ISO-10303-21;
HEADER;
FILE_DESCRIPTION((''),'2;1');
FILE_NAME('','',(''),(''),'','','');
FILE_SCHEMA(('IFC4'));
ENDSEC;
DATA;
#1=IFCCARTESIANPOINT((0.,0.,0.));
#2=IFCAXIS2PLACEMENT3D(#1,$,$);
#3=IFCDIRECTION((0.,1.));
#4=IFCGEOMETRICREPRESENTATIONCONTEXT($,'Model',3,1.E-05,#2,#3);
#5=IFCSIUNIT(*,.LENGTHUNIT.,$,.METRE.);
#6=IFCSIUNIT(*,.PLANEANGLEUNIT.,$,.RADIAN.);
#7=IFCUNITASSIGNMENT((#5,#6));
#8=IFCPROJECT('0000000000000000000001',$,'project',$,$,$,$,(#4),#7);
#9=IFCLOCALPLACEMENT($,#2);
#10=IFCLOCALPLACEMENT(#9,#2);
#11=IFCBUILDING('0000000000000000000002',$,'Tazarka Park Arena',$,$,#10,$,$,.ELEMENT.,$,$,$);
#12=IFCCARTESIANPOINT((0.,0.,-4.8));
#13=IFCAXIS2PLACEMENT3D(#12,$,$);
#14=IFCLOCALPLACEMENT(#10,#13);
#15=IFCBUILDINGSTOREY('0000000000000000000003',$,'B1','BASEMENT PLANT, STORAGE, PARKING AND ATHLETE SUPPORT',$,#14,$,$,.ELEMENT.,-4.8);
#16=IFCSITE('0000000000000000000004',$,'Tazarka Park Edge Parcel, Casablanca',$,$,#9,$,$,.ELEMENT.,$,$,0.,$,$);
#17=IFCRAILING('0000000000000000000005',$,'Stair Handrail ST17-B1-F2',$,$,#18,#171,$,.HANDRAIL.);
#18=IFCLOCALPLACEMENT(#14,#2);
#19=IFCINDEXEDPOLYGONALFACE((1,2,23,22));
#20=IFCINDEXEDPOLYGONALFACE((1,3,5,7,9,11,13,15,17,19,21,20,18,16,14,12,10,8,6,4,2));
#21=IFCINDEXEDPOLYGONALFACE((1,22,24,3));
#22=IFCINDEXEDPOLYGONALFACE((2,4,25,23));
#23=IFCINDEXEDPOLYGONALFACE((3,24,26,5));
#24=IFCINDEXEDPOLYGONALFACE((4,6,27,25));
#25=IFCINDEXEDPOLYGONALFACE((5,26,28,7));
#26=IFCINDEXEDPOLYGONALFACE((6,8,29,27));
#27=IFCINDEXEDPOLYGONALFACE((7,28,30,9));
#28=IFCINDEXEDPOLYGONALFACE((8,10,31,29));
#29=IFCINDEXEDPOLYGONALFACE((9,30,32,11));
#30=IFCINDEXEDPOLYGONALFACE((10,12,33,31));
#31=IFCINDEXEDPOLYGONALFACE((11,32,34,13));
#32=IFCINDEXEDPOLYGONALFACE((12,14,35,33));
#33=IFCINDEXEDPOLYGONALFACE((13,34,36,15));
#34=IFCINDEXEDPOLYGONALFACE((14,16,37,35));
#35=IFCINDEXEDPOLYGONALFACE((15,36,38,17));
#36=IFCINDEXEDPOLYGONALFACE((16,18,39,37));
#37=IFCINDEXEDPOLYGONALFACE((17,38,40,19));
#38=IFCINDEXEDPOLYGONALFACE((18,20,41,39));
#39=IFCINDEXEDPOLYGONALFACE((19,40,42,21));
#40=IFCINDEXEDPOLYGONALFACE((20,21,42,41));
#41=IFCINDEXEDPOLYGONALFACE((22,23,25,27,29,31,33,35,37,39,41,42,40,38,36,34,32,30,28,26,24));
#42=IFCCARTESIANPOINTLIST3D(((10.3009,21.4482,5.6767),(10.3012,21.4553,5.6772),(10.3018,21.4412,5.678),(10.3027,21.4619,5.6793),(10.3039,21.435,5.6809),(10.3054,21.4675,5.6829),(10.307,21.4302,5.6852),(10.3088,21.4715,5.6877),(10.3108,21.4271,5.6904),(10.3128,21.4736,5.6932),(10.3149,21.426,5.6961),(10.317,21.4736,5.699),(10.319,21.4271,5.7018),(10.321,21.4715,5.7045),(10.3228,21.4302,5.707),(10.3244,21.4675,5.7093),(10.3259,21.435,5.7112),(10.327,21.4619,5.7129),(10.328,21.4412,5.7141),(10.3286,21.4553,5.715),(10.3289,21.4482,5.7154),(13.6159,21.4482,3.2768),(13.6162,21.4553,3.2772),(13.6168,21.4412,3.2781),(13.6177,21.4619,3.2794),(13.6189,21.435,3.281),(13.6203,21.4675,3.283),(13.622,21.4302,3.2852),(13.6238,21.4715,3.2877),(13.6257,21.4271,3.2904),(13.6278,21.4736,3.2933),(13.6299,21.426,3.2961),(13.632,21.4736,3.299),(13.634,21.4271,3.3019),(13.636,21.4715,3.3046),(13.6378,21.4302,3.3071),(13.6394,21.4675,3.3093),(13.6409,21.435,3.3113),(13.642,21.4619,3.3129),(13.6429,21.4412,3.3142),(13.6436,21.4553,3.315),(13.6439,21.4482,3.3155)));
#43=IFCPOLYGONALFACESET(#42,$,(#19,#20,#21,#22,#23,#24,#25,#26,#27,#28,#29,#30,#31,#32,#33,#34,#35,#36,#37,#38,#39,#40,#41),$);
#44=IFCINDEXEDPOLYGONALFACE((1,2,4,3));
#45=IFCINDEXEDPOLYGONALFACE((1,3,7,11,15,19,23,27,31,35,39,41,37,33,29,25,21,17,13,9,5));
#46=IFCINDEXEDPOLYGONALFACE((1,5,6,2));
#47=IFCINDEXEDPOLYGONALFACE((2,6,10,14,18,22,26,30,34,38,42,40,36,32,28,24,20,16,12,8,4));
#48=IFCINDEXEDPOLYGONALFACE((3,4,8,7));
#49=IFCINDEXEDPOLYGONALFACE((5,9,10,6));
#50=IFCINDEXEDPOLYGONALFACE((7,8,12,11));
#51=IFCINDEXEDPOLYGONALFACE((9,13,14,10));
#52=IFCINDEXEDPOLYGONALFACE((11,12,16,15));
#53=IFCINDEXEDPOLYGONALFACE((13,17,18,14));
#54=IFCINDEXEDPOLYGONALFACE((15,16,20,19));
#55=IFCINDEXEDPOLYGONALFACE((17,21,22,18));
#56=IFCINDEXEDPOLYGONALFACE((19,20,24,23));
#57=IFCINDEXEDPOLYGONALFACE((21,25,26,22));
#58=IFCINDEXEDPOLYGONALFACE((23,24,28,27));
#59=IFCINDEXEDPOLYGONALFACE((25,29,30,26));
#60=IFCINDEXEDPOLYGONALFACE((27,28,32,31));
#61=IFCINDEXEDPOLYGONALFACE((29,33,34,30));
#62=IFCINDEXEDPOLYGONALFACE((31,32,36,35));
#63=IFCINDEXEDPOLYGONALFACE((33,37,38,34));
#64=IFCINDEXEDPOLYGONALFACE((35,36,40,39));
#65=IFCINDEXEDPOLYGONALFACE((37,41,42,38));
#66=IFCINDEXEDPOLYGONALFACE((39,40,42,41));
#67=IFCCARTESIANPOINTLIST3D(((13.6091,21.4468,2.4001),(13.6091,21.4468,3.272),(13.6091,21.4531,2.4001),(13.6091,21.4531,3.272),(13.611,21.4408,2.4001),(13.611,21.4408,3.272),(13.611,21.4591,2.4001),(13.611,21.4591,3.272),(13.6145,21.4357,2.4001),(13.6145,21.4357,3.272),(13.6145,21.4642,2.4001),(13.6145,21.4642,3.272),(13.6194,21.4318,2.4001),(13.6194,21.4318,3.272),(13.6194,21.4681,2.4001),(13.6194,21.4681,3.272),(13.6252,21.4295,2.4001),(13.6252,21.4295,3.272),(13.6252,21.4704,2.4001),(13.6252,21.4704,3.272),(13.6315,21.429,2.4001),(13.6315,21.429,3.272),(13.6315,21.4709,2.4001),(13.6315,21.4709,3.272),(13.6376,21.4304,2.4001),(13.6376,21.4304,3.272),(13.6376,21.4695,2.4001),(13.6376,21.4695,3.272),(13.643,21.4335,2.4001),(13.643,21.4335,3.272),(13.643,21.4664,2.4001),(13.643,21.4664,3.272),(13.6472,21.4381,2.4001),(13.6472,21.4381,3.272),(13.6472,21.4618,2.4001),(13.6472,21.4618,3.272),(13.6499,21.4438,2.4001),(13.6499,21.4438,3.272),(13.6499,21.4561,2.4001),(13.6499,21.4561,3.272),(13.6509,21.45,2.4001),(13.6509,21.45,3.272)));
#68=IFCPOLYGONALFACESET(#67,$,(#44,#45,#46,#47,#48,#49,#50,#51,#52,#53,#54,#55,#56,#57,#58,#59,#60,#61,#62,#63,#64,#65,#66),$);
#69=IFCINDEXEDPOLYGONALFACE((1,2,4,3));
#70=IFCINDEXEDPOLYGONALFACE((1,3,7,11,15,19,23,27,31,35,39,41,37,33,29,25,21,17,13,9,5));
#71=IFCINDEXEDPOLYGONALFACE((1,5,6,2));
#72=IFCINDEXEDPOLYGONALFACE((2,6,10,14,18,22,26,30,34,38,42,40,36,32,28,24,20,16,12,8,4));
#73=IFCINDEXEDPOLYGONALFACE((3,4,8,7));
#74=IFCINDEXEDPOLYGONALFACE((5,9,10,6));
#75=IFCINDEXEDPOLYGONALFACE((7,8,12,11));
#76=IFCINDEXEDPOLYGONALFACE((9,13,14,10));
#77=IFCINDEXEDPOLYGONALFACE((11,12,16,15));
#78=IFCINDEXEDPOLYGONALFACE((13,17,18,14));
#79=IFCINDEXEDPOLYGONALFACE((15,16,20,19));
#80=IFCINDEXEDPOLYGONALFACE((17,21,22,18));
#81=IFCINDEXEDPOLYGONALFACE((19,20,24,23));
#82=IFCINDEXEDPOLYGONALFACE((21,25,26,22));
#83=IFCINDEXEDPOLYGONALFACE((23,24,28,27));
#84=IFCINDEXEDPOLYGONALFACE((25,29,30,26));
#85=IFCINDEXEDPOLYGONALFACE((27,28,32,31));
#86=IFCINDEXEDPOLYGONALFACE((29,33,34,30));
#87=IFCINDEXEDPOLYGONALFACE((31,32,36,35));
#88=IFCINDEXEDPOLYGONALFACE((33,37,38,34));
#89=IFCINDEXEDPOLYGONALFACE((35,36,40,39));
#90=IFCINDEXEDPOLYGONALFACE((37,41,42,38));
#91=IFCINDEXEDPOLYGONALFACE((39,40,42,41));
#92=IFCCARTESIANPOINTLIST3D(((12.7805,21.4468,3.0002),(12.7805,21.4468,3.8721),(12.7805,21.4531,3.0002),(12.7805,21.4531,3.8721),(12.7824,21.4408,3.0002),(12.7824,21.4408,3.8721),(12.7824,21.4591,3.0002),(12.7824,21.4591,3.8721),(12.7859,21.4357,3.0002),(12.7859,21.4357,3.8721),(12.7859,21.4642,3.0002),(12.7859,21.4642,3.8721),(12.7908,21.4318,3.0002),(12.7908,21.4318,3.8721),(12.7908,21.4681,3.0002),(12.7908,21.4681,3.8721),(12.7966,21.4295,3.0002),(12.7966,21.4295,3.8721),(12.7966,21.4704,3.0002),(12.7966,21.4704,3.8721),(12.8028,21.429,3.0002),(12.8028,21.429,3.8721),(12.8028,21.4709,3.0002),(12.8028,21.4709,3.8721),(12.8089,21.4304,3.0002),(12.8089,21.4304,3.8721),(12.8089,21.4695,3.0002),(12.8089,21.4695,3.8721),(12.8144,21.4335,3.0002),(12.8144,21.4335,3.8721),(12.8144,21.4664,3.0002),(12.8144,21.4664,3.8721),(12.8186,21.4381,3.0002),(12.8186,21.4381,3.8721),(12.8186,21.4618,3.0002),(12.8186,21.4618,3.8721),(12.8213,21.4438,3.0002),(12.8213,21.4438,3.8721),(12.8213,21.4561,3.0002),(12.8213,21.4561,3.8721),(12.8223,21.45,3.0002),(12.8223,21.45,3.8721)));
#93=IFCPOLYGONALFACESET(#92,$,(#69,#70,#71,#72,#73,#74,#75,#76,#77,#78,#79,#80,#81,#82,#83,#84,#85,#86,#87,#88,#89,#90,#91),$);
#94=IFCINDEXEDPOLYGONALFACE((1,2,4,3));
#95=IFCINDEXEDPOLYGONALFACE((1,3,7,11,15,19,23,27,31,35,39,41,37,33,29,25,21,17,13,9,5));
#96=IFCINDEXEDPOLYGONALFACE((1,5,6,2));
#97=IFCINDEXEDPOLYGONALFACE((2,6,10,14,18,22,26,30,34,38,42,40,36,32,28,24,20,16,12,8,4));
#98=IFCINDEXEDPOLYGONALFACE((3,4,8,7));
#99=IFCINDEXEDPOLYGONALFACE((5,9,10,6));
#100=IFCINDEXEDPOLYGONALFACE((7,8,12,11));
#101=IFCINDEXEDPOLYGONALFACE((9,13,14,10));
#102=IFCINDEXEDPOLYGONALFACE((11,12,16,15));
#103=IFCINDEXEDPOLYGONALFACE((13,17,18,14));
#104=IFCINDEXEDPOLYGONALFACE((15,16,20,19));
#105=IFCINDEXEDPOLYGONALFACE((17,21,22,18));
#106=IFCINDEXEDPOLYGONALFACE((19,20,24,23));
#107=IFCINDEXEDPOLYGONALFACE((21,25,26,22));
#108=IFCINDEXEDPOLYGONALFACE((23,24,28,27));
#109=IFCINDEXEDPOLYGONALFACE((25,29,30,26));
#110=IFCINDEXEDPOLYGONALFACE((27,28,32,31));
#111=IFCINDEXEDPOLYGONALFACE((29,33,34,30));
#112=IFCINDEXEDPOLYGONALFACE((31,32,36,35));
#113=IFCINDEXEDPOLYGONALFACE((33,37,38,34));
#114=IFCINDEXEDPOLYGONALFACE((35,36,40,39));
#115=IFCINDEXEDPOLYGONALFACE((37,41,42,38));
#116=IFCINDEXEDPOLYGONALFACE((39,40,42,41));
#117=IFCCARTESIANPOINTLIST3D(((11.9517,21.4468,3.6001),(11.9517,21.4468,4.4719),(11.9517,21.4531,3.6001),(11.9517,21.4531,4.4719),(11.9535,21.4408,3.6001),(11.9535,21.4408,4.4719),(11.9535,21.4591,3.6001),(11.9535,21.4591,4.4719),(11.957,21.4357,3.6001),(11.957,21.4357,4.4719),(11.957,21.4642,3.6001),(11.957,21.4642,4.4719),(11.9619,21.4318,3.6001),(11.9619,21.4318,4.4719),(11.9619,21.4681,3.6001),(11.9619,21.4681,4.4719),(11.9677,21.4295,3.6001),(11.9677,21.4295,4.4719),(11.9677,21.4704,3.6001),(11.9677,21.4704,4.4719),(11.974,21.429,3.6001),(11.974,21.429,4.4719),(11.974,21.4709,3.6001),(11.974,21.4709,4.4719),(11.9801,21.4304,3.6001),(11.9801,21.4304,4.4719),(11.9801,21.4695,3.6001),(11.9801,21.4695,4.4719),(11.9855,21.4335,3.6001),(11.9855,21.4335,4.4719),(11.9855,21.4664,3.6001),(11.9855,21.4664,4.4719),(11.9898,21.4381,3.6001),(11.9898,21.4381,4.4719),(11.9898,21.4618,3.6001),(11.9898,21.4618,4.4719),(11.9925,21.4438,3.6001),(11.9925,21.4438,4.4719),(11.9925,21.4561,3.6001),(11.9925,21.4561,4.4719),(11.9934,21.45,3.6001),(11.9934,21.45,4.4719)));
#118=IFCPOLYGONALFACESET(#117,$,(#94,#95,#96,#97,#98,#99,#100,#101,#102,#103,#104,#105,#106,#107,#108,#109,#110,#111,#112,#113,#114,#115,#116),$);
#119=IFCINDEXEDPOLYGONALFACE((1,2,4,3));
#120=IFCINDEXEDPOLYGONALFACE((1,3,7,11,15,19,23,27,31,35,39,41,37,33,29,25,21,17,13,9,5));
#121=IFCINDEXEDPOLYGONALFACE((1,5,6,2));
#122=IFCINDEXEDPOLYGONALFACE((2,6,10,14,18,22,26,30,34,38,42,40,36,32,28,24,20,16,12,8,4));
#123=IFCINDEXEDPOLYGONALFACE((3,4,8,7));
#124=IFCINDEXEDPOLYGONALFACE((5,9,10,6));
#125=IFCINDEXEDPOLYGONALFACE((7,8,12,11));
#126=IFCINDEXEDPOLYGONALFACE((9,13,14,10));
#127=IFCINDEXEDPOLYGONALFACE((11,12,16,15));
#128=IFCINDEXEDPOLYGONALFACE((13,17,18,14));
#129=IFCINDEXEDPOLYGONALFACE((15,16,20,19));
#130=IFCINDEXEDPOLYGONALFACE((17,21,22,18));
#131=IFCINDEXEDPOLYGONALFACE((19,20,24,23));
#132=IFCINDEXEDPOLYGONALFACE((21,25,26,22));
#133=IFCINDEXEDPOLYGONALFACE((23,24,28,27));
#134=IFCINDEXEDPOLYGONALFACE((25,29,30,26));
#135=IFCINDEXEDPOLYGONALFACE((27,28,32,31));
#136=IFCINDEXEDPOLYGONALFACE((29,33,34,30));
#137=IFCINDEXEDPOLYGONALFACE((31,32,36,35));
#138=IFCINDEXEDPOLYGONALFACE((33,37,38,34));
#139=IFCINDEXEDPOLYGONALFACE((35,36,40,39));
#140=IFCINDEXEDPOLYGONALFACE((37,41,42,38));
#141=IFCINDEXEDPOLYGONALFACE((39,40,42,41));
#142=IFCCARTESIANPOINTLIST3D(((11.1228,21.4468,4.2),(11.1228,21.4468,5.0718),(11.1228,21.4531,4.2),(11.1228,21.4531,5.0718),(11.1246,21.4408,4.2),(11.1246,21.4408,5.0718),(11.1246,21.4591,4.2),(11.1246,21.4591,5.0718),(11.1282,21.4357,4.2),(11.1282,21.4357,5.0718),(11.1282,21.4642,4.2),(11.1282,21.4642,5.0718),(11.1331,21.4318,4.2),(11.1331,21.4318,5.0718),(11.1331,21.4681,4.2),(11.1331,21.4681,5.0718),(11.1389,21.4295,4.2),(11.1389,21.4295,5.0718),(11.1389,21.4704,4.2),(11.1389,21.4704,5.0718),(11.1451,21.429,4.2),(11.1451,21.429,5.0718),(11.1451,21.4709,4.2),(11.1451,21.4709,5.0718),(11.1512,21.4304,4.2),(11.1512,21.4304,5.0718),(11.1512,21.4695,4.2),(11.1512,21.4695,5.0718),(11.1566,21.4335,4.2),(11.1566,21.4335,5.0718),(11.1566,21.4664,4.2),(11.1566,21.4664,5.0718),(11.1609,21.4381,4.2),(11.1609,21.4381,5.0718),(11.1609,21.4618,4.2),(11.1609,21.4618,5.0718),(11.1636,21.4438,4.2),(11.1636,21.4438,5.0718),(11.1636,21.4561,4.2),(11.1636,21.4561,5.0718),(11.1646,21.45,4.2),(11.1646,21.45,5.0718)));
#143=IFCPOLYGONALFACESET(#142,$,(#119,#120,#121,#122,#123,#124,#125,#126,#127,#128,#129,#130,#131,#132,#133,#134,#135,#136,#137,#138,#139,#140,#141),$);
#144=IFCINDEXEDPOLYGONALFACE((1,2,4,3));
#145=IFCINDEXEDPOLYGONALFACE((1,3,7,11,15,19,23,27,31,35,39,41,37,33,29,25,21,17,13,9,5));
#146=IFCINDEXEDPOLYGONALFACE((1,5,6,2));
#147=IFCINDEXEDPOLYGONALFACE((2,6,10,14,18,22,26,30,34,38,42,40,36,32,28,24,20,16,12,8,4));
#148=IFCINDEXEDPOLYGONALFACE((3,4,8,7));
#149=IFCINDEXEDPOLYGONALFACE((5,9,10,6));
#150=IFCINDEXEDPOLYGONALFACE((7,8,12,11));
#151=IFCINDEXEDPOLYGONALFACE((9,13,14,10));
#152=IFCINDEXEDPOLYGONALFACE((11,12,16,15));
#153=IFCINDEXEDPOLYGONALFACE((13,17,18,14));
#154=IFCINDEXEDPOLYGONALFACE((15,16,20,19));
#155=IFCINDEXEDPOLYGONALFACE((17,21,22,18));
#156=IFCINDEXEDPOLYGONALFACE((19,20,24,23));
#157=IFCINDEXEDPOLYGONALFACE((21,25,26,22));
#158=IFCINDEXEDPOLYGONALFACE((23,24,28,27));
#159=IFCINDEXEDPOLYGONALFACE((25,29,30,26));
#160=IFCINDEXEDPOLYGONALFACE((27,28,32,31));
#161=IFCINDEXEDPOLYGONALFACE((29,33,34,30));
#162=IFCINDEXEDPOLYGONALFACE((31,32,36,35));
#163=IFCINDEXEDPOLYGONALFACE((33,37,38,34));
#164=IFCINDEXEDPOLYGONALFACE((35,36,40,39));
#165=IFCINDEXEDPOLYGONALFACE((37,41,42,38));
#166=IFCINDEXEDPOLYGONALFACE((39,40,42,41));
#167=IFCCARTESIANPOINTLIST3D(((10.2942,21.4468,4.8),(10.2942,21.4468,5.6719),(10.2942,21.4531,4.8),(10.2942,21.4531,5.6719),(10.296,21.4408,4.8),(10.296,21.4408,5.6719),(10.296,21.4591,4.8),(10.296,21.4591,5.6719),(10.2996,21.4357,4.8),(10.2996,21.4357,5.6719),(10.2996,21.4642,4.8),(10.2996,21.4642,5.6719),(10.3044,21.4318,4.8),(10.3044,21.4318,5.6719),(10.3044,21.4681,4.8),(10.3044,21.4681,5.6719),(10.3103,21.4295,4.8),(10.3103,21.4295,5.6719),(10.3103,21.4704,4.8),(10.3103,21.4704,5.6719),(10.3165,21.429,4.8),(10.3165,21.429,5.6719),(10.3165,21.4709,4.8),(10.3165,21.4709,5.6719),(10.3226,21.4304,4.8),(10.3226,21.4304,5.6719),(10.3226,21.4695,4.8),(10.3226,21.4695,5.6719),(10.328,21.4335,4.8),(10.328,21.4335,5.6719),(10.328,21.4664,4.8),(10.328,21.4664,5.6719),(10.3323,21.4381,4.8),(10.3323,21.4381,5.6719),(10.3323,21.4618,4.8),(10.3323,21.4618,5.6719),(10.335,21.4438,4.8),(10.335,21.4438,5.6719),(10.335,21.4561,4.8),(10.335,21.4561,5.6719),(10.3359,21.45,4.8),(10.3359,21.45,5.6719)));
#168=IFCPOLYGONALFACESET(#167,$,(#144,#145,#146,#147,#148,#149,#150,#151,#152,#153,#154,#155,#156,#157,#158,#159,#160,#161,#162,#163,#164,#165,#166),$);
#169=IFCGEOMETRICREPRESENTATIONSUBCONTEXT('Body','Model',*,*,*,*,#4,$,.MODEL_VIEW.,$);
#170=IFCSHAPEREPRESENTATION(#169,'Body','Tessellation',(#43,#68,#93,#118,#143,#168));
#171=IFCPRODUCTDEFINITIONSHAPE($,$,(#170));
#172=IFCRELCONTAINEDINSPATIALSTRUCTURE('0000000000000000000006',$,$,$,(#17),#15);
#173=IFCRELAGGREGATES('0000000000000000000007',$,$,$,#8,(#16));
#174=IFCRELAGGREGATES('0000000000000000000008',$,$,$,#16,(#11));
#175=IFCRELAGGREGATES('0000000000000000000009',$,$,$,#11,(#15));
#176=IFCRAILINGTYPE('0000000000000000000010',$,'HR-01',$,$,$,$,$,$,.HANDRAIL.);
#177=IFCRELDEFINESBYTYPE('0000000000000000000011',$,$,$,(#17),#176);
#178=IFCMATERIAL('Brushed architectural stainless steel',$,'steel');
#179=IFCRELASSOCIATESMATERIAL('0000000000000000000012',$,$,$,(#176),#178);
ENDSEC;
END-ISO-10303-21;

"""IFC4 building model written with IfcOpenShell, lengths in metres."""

from ifc_helpers import new_model, si_unit, direction, frame, origin, origin_2d, place, context, subcontext, project, spatial, circle, extrude, material, type_object, element, save


model = new_model("IFC4")

# Units and contexts
model_context = context("Model", 3, precision=1e-05, world=origin(), true_north=direction((0.0, 1.0)))
body_context = subcontext(model_context, "Body", "Model", "MODEL_VIEW")
ifc_project = project(units=[si_unit("LENGTHUNIT", "METRE"), si_unit("PLANEANGLEUNIT", "RADIAN")], contexts=[model_context])

# Site, building, storey
site_placement = place(None, origin())
site = spatial("IfcSite", under=ifc_project, at=site_placement, Name="Tazarka Park Edge Parcel, Casablanca", CompositionType="ELEMENT", RefElevation=0.0)
building_placement = place(site_placement, origin())
building = spatial("IfcBuilding", under=site, at=building_placement, Name="Tazarka Park Arena", CompositionType="ELEMENT")
storey_placement = place(building_placement, frame((0.0, 0.0, -4.8)))
storey = spatial("IfcBuildingStorey", under=building, at=storey_placement, Name="B1", Description="BASEMENT PLANT, STORAGE, PARKING AND ATHLETE SUPPORT", CompositionType="ELEMENT", Elevation=-4.8)

# Railing
ifc_material_1 = material(Name="Brushed architectural stainless steel", Category="steel")
railing_type_1 = type_object("IfcRailingType", Name="HR-01", PredefinedType="HANDRAIL", material=ifc_material_1)
railing_1_placement = place(storey_placement, frame((13.6299, 21.45, 2.4001)))
element("IfcRailing", 1, at=railing_1_placement, inside=storey, type_object=railing_type_1, Name="Stair Handrail ST17-B1-F2", PredefinedType="HANDRAIL", context=body_context, shape_type="SweptSolid", body=[
    extrude(circle(Radius=0.0239, at=origin_2d()), frame((0.0, 0.0, 0.896), z_axis=(-0.810009, 0.0, 0.586418), x_axis=(0.0, -1.0, 0.0)), (0.0, 0.0, 1.0), 4.0925),
    extrude(circle(Radius=0.021, at=origin_2d()), origin(), (0.0, 0.0, 1.0), 0.8718),
    extrude(circle(Radius=0.021, at=origin_2d()), frame((-0.8286, 0.0, 0.6001)), (0.0, 0.0, 1.0), 0.8718),
    extrude(circle(Radius=0.021, at=origin_2d()), frame((-1.6575, 0.0, 1.2)), (0.0, 0.0, 1.0), 0.8718),
    extrude(circle(Radius=0.021, at=origin_2d()), frame((-2.4863, 0.0, 1.7998)), (0.0, 0.0, 1.0), 0.8718),
    extrude(circle(Radius=0.021, at=origin_2d()), frame((-3.3149, 0.0, 2.3999)), (0.0, 0.0, 1.0), 0.8718),
])

save(model, "model.ifc")
